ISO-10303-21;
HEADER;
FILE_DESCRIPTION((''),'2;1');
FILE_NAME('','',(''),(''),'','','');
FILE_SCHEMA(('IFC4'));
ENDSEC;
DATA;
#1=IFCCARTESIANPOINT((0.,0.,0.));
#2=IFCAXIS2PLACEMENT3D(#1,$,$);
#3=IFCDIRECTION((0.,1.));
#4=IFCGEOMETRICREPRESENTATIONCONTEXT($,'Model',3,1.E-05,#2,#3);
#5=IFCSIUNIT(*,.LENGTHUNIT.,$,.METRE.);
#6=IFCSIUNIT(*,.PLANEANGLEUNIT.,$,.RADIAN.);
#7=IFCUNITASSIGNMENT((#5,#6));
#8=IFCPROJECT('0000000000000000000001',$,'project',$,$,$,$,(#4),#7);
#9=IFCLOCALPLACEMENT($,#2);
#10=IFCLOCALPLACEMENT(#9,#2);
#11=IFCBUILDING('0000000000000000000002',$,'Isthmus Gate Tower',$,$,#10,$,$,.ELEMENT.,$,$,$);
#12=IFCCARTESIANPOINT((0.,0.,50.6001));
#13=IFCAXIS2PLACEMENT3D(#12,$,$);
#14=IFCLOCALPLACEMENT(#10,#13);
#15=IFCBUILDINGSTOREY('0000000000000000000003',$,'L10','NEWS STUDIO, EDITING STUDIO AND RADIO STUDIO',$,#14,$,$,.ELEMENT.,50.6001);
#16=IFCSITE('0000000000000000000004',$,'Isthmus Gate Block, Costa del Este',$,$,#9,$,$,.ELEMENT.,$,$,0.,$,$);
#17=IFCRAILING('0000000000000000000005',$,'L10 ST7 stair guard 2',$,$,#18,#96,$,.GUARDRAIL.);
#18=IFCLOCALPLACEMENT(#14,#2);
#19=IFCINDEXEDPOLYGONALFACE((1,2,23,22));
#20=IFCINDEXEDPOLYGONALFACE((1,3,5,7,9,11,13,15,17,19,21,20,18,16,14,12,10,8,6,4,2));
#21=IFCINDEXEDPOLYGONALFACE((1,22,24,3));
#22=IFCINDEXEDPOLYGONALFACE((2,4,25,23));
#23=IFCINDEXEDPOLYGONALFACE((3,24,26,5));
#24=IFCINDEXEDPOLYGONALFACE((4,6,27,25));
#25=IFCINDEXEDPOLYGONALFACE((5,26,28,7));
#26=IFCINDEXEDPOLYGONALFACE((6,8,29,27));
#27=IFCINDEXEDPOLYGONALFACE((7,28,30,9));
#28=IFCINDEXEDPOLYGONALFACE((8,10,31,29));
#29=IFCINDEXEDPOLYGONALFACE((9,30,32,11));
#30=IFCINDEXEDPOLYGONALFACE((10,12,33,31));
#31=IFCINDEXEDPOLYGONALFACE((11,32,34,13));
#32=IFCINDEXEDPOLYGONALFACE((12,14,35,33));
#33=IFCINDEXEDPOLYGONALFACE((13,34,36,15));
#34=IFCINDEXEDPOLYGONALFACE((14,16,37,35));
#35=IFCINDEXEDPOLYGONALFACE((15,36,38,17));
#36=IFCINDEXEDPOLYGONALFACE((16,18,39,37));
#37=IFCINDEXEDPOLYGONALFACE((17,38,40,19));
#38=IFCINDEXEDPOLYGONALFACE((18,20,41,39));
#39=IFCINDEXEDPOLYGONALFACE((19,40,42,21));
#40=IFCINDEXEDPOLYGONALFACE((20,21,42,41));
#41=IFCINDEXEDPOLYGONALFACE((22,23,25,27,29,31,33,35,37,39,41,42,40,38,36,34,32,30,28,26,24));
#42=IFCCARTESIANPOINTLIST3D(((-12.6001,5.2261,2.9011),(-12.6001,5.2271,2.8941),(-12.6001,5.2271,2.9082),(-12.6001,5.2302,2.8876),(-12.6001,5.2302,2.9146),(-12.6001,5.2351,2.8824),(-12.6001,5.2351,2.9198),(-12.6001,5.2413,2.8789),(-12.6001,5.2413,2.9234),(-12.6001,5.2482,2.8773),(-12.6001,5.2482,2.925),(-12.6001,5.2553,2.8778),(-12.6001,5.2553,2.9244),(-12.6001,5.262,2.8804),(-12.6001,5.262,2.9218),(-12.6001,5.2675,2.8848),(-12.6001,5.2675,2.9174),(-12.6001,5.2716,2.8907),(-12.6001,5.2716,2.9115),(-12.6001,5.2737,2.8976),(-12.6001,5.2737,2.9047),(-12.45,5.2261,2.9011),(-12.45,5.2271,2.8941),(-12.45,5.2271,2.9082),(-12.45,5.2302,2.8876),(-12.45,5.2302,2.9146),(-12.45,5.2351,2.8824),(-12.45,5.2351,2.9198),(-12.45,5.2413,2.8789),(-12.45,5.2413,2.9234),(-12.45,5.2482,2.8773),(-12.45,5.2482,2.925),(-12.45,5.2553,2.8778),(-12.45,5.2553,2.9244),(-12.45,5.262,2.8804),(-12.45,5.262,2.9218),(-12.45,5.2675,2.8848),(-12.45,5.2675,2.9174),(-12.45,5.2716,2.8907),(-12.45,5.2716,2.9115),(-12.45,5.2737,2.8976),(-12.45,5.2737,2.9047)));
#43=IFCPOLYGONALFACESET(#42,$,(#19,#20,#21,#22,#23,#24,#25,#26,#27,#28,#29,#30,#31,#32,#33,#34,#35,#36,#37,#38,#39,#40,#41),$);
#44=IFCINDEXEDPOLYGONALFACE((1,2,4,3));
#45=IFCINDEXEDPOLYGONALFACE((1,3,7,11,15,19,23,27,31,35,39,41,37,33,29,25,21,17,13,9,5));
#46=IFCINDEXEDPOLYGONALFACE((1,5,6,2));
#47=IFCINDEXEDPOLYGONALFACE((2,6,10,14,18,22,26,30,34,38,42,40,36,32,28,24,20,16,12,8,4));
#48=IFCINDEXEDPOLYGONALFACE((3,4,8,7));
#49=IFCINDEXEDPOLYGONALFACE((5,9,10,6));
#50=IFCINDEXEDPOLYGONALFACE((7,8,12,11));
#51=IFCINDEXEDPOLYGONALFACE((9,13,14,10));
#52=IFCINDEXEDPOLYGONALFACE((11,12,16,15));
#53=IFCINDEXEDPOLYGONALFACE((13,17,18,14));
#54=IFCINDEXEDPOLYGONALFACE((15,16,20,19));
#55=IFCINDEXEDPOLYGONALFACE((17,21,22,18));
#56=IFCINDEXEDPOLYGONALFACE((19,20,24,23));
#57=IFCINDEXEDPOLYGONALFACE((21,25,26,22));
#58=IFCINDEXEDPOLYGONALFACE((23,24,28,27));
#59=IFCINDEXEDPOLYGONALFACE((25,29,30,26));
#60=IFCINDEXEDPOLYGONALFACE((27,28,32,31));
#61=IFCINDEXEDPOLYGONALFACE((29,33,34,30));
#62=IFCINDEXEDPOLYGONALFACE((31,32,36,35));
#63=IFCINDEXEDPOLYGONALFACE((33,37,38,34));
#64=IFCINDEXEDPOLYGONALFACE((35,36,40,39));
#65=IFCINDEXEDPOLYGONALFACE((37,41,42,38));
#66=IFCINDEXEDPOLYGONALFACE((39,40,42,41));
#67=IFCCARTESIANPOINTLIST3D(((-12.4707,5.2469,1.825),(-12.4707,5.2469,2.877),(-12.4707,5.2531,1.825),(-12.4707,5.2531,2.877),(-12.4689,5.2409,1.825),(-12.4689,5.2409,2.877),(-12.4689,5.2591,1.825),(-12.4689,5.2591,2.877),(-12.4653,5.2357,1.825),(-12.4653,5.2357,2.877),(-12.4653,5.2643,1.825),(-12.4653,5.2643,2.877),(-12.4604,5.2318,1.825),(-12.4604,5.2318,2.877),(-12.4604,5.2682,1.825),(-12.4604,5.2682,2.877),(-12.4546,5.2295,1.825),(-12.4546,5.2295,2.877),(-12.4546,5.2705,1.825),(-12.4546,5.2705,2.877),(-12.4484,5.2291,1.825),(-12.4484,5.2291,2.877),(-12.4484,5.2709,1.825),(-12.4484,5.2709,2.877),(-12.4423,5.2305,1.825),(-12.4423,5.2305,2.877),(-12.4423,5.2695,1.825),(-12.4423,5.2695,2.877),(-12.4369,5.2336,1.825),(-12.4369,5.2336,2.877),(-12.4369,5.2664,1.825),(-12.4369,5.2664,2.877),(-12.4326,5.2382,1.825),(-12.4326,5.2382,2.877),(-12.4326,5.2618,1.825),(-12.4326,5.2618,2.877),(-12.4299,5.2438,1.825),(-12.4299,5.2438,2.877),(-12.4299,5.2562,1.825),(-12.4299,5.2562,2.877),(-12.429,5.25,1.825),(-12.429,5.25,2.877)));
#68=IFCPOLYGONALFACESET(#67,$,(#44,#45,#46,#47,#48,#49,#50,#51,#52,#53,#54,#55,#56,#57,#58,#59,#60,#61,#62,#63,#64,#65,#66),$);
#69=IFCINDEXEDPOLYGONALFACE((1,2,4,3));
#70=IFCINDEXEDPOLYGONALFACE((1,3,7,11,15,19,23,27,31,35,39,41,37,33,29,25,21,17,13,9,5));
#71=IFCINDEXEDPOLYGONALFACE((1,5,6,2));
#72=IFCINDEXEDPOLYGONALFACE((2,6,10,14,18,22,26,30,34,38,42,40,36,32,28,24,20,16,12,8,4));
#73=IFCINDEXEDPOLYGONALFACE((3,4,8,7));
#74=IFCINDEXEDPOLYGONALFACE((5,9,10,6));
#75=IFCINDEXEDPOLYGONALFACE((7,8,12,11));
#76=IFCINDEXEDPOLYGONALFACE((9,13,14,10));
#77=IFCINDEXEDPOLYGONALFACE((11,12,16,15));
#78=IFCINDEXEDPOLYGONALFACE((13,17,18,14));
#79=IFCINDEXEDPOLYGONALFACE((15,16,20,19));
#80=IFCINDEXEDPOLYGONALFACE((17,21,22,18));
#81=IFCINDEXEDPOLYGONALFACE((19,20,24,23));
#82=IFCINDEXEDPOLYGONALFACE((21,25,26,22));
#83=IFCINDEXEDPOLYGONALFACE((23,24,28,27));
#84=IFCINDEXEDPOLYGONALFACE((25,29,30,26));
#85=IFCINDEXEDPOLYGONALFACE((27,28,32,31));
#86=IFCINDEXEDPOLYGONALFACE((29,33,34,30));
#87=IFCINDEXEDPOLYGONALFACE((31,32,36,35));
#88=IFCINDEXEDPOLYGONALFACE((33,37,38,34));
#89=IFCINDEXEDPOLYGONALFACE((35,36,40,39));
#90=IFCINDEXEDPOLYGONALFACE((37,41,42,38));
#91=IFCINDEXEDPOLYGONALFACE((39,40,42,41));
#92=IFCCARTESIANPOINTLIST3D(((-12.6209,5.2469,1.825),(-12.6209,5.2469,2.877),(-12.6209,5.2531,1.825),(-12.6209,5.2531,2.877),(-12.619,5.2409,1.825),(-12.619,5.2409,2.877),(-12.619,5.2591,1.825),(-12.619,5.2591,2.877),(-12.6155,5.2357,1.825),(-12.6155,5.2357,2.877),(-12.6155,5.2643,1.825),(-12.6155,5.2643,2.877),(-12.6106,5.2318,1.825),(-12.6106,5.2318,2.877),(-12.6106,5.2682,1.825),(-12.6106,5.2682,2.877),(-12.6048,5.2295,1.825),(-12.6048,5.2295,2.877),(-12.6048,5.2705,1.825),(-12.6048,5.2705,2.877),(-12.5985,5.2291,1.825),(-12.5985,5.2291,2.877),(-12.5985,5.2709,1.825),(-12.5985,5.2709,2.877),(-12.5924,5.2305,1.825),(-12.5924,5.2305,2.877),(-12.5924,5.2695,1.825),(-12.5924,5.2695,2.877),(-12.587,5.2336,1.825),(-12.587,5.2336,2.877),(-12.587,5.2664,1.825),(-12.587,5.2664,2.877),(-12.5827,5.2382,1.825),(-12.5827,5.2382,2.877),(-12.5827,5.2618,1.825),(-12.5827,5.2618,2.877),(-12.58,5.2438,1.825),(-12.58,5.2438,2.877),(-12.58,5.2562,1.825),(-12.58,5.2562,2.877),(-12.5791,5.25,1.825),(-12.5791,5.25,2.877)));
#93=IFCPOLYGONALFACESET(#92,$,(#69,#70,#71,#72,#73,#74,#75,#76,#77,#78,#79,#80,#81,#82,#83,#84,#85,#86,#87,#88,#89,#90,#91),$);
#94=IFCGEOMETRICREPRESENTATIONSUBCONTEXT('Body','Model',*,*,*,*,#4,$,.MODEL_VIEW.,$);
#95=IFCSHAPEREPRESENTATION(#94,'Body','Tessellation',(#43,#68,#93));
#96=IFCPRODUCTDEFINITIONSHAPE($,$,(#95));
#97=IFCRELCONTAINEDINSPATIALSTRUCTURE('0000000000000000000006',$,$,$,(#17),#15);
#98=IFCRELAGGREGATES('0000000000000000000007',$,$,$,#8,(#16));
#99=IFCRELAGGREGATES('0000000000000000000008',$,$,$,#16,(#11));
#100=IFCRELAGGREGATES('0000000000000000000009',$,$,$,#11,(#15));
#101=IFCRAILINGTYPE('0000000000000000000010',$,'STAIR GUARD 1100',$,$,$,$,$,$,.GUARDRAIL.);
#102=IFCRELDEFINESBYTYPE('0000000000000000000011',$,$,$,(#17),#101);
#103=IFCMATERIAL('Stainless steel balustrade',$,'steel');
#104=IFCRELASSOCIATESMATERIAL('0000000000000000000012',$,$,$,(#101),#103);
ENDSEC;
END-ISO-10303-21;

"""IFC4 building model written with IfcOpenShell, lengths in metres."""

from ifc_helpers import new_model, si_unit, direction, frame, origin, origin_2d, place, context, subcontext, project, spatial, circle, extrude, material, type_object, element, save


model = new_model("IFC4")

# Units and contexts
model_context = context("Model", 3, precision=1e-05, world=origin(), true_north=direction((0.0, 1.0)))
body_context = subcontext(model_context, "Body", "Model", "MODEL_VIEW")
ifc_project = project(units=[si_unit("LENGTHUNIT", "METRE"), si_unit("PLANEANGLEUNIT", "RADIAN")], contexts=[model_context])

# Site, building, storey
site_placement = place(None, origin())
site = spatial("IfcSite", under=ifc_project, at=site_placement, Name="Isthmus Gate Block, Costa del Este", CompositionType="ELEMENT", RefElevation=0.0)
building_placement = place(site_placement, origin())
building = spatial("IfcBuilding", under=site, at=building_placement, Name="Isthmus Gate Tower", CompositionType="ELEMENT")
storey_placement = place(building_placement, frame((0.0, 0.0, 50.6001)))
storey = spatial("IfcBuildingStorey", under=building, at=storey_placement, Name="L10", Description="NEWS STUDIO, EDITING STUDIO AND RADIO STUDIO", CompositionType="ELEMENT", Elevation=50.6001)

# Railing
ifc_material_1 = material(Name="Stainless steel balustrade", Category="steel")
railing_type_1 = type_object("IfcRailingType", Name="STAIR GUARD 1100", PredefinedType="GUARDRAIL", material=ifc_material_1)
railing_1_placement = place(storey_placement, frame((-12.45, 5.25, 1.825)))
element("IfcRailing", 1, at=railing_1_placement, inside=storey, type_object=railing_type_1, Name="L10 ST7 stair guard 2", PredefinedType="GUARDRAIL", context=body_context, shape_type="SweptSolid", body=[
    extrude(circle(Radius=0.0239, at=origin_2d()), frame((0.0, 0.0, 1.0762), z_axis=(-1.0, 0.0, 0.0), x_axis=(0.0, -1.0, 0.0)), (0.0, 0.0, 1.0), 0.1501),
    extrude(circle(Radius=0.021, at=origin_2d()), origin(), (0.0, 0.0, 1.0), 1.052),
    extrude(circle(Radius=0.021, at=origin_2d()), frame((-0.1501, 0.0, 0.0)), (0.0, 0.0, 1.0), 1.052),
])

save(model, "model.ifc")
